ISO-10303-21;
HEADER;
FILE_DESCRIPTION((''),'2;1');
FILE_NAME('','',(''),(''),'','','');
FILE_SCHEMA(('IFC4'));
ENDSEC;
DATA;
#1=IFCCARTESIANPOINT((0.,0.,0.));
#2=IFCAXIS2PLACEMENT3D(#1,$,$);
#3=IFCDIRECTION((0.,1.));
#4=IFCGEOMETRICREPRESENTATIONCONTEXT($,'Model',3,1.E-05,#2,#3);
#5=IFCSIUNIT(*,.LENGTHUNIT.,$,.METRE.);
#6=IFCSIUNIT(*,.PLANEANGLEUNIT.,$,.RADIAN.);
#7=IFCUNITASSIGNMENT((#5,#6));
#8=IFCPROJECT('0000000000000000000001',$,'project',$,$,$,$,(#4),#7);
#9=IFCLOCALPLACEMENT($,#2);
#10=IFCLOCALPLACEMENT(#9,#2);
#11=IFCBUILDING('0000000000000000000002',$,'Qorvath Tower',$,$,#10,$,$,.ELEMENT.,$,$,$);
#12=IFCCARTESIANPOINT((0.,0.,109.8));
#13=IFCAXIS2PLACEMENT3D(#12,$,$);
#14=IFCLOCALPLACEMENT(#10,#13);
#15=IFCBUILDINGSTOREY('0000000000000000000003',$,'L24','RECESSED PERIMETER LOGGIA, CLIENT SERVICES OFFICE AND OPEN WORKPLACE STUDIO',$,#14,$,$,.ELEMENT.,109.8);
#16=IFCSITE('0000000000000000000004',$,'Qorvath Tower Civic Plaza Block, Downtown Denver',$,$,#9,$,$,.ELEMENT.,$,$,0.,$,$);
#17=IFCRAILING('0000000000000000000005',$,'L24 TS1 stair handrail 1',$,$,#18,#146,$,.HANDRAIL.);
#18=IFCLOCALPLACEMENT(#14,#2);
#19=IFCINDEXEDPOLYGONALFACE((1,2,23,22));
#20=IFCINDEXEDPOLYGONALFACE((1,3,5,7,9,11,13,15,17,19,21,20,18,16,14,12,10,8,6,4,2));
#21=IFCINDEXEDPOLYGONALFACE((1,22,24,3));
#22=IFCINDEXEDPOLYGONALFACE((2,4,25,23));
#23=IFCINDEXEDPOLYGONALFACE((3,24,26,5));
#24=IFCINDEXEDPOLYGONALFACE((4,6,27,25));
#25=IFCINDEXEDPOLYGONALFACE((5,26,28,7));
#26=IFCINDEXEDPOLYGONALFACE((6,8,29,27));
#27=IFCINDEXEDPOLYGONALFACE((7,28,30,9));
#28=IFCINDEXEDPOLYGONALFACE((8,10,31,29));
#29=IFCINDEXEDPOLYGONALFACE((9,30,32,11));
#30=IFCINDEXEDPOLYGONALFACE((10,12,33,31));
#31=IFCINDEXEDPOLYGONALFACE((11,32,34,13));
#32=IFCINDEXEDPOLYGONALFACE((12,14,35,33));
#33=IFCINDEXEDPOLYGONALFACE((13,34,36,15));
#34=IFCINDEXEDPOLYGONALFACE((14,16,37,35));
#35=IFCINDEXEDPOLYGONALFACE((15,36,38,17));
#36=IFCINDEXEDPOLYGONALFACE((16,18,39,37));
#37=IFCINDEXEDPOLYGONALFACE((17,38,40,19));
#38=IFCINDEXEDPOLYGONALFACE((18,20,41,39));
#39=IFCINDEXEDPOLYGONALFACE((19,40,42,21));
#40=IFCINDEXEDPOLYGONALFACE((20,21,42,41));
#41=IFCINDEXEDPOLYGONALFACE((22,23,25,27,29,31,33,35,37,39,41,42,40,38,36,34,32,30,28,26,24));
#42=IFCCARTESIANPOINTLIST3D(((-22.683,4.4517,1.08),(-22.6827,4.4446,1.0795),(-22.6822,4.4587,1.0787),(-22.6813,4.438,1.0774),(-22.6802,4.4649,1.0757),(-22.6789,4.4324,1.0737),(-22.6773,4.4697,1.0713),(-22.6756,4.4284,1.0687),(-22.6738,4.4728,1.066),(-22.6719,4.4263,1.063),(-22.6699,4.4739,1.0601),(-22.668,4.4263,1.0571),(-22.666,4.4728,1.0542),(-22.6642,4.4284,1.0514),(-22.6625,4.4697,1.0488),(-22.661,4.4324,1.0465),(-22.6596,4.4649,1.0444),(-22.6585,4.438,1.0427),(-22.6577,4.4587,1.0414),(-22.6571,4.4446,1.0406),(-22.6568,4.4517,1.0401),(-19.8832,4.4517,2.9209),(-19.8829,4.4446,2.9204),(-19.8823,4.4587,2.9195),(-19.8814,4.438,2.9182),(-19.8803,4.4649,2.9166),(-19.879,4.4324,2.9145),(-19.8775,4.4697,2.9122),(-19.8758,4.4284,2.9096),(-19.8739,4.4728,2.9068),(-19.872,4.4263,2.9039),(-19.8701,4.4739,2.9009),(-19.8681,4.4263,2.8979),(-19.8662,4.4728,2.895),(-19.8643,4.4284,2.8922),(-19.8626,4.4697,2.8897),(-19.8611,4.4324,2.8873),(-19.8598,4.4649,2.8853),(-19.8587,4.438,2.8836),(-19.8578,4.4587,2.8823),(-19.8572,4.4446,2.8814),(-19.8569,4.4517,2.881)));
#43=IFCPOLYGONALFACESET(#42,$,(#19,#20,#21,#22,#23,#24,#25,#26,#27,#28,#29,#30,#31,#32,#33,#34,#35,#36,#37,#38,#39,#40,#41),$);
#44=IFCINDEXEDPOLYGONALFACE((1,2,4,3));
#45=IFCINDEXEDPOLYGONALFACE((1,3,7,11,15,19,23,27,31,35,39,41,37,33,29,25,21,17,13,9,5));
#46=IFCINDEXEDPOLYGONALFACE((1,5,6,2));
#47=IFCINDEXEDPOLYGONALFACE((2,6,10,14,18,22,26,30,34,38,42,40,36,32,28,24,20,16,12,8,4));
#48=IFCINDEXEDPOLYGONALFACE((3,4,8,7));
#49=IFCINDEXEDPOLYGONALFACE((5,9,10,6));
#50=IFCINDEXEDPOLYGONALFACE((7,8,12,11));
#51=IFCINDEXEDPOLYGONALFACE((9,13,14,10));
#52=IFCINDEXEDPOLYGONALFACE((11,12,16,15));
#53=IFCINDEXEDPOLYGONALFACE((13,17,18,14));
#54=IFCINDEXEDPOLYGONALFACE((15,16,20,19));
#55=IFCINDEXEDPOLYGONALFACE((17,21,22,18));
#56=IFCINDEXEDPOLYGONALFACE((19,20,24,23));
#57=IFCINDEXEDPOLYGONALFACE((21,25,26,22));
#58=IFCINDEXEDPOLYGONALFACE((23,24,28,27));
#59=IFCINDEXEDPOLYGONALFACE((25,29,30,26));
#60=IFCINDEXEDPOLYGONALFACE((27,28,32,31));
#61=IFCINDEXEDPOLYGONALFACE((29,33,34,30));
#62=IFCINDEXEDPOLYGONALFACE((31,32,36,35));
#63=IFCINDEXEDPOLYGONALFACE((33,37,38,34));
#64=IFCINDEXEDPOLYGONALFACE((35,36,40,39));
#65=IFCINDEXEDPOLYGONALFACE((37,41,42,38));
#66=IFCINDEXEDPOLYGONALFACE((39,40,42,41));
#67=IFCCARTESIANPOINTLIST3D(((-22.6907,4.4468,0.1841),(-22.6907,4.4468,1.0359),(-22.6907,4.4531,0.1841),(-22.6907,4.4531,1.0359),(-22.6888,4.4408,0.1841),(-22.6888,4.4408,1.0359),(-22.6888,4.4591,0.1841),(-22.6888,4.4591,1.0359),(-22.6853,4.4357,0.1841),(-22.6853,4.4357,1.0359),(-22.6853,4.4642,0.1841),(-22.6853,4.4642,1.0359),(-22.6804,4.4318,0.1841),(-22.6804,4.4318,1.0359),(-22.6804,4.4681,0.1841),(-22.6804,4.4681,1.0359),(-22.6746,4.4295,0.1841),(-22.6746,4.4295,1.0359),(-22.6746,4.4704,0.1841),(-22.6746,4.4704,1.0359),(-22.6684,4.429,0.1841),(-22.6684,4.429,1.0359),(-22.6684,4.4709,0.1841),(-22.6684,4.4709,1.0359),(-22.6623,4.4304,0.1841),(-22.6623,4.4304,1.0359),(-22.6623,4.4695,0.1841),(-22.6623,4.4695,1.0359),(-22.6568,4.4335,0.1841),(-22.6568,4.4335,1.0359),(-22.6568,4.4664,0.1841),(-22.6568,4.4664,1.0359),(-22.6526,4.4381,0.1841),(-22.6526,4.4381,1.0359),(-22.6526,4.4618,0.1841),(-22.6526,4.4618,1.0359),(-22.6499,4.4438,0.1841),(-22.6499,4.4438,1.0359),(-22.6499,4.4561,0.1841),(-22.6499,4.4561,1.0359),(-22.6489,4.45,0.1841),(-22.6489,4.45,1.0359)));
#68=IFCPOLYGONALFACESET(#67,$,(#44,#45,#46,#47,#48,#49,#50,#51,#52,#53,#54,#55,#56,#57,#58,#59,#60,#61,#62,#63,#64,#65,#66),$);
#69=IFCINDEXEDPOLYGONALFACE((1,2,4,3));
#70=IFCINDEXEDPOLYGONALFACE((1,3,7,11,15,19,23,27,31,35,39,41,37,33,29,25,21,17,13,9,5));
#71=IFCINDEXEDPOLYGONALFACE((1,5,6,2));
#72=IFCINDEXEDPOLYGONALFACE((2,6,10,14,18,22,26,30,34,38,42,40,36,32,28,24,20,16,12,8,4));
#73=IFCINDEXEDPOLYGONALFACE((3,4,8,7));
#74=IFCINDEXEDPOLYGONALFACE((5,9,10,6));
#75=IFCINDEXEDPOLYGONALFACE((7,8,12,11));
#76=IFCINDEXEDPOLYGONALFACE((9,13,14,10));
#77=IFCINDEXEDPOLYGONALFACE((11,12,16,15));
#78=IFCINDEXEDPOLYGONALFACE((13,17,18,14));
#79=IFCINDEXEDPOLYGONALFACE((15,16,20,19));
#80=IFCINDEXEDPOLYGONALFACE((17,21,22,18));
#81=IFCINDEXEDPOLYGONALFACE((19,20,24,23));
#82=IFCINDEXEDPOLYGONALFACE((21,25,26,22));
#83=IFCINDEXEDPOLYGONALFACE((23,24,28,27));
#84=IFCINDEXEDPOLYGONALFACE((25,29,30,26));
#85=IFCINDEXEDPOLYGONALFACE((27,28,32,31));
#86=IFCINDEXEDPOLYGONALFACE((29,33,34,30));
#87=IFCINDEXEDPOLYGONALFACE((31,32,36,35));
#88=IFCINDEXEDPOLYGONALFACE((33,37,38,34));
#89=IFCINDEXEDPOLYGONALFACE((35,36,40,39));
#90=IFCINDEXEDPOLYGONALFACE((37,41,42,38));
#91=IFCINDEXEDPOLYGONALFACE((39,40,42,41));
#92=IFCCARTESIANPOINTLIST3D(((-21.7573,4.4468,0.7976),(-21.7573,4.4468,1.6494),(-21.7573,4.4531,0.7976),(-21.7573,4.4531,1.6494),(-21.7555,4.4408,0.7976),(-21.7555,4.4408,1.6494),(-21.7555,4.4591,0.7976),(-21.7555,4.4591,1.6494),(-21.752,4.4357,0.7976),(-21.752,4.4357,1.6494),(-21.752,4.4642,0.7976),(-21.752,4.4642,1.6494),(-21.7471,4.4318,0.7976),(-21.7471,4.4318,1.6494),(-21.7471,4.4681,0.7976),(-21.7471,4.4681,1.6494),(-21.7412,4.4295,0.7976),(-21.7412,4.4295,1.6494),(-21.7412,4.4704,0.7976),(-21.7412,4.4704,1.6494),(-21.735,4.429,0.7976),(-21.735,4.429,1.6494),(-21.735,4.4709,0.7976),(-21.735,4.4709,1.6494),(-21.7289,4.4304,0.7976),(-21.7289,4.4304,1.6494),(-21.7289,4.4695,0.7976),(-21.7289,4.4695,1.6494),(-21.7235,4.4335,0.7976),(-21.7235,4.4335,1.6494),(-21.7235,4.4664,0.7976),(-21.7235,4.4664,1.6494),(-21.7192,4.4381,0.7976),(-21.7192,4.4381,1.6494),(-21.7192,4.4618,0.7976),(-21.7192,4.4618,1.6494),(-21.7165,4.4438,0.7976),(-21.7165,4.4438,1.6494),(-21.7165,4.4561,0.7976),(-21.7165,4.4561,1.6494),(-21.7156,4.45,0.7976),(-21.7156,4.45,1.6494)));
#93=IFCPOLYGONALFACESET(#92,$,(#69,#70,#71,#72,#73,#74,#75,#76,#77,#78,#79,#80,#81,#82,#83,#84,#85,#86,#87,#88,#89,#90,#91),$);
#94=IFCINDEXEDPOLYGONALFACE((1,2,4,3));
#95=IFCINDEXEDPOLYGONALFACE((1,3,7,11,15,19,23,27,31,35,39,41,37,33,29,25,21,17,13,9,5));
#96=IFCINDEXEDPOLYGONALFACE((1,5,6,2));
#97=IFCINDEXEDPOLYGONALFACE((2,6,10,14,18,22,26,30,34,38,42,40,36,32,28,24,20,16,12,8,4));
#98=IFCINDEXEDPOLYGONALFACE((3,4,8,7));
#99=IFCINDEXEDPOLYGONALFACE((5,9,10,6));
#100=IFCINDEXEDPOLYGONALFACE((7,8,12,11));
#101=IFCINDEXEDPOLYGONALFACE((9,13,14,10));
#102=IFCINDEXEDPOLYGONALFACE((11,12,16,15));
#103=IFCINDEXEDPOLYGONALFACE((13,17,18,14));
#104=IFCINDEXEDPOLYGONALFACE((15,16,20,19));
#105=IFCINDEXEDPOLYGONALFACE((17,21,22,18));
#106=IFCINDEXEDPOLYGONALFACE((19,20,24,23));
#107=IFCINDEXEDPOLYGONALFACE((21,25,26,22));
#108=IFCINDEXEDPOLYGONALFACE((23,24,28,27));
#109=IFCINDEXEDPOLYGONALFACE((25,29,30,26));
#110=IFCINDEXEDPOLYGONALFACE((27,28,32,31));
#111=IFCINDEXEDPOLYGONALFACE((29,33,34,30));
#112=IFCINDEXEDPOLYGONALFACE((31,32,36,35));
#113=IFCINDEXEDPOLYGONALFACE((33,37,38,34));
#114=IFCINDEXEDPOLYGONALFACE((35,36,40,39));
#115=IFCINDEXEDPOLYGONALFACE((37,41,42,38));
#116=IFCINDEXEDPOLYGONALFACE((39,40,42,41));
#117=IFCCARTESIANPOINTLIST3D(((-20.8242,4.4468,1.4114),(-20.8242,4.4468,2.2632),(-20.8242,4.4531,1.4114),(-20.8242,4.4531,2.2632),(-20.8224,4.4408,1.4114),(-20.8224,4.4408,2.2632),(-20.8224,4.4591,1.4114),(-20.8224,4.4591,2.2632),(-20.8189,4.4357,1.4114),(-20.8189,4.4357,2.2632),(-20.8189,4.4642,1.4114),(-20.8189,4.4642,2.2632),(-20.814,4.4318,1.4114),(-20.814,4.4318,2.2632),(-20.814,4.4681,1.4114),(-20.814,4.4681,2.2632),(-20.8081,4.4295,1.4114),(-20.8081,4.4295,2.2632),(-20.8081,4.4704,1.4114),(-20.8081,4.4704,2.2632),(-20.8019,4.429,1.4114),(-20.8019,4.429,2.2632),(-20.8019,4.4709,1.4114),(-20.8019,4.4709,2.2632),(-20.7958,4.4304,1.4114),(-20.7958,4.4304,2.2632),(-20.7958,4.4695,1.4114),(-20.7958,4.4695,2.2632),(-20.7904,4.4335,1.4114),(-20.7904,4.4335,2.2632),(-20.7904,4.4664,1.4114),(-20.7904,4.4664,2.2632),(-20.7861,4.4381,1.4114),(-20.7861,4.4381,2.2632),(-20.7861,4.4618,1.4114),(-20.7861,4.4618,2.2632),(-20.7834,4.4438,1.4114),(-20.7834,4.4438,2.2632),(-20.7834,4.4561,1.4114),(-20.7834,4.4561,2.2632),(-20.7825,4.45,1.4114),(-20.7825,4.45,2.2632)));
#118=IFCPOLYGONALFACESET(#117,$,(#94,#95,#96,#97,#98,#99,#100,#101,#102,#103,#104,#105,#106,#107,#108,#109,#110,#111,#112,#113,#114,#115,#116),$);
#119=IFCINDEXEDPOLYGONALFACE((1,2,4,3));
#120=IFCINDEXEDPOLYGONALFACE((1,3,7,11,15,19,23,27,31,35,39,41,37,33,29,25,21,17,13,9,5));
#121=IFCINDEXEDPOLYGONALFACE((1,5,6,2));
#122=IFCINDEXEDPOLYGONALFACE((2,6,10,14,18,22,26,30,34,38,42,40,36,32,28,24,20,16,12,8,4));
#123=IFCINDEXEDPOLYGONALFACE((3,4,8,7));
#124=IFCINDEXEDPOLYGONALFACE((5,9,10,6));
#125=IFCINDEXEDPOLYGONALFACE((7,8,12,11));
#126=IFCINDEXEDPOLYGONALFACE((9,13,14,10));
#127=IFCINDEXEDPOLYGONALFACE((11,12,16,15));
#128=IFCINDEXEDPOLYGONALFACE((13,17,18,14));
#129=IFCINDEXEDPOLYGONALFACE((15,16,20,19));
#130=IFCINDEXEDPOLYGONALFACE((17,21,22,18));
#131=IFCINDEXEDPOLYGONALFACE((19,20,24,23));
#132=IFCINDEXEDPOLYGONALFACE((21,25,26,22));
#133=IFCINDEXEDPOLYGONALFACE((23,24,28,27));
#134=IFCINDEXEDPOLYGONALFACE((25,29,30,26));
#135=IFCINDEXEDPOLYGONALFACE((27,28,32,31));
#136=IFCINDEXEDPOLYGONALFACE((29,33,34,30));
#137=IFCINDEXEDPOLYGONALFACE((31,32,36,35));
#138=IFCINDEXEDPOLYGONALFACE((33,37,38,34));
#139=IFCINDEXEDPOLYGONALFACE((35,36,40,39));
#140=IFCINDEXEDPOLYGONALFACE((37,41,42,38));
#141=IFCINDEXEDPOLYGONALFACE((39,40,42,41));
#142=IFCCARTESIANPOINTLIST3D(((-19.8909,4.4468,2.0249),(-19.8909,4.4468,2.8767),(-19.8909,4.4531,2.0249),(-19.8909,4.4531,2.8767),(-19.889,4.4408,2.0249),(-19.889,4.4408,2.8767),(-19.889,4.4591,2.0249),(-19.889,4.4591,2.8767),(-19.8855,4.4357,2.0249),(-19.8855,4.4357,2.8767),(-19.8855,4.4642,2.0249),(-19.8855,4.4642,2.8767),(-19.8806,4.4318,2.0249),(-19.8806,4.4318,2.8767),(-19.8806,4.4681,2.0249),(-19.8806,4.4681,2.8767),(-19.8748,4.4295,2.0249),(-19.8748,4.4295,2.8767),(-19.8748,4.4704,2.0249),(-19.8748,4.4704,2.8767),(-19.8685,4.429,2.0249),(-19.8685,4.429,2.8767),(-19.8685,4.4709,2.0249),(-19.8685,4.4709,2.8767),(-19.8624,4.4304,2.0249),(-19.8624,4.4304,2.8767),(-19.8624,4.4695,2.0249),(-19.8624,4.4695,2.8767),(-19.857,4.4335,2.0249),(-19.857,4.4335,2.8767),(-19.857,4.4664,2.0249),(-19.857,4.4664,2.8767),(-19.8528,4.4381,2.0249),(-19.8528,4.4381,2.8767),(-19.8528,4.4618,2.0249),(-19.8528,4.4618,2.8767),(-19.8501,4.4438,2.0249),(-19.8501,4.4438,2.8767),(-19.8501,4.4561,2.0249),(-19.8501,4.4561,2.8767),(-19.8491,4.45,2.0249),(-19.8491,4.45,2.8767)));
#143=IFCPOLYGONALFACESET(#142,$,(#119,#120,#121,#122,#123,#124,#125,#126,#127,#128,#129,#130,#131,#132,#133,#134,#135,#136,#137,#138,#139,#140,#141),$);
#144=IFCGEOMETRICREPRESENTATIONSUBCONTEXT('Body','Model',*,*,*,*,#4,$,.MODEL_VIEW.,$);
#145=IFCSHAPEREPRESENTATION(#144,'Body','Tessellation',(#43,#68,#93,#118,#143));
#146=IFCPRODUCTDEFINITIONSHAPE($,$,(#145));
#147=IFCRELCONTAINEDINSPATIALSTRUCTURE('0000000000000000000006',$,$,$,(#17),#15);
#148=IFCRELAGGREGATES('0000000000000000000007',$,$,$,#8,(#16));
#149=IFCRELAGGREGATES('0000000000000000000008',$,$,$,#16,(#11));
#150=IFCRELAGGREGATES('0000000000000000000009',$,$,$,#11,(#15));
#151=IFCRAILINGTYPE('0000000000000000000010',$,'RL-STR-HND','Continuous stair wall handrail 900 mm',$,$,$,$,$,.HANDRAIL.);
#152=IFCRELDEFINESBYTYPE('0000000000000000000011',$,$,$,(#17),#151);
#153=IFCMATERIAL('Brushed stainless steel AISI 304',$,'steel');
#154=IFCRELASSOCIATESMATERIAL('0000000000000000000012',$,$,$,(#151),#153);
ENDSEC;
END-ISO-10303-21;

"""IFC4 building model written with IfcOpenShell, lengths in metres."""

from ifc_helpers import new_model, si_unit, direction, frame, origin, origin_2d, place, context, subcontext, project, spatial, circle, extrude, material, type_object, element, save


model = new_model("IFC4")

# Units and contexts
model_context = context("Model", 3, precision=1e-05, world=origin(), true_north=direction((0.0, 1.0)))
body_context = subcontext(model_context, "Body", "Model", "MODEL_VIEW")
ifc_project = project(units=[si_unit("LENGTHUNIT", "METRE"), si_unit("PLANEANGLEUNIT", "RADIAN")], contexts=[model_context])

# Site, building, storey
site_placement = place(None, origin())
site = spatial("IfcSite", under=ifc_project, at=site_placement, Name="Qorvath Tower Civic Plaza Block, Downtown Denver", CompositionType="ELEMENT", RefElevation=0.0)
building_placement = place(site_placement, origin())
building = spatial("IfcBuilding", under=site, at=building_placement, Name="Qorvath Tower", CompositionType="ELEMENT")
storey_placement = place(building_placement, frame((0.0, 0.0, 109.8)))
storey = spatial("IfcBuildingStorey", under=building, at=storey_placement, Name="L24", Description="RECESSED PERIMETER LOGGIA, CLIENT SERVICES OFFICE AND OPEN WORKPLACE STUDIO", CompositionType="ELEMENT", Elevation=109.8)

# Railing
ifc_material_1 = material(Name="Brushed stainless steel AISI 304", Category="steel")
railing_type_1 = type_object("IfcRailingType", Name="RL-STR-HND", Description="Continuous stair wall handrail 900 mm", PredefinedType="HANDRAIL", material=ifc_material_1)
railing_1_placement = place(storey_placement, frame((-22.6699, 4.45, 0.1841)))
element("IfcRailing", 1, at=railing_1_placement, inside=storey, type_object=railing_type_1, Name="L24 TS1 stair handrail 1", PredefinedType="HANDRAIL", context=body_context, shape_type="SweptSolid", body=[
    extrude(circle(Radius=0.0239, at=origin_2d()), frame((0.0, 0.0, 0.876), z_axis=(0.835576, 0.0, 0.549376), x_axis=(0.0, 1.0, 0.0)), (0.0, 0.0, 1.0), 3.3508),
    extrude(circle(Radius=0.021, at=origin_2d()), origin(), (0.0, 0.0, 1.0), 0.8518),
    extrude(circle(Radius=0.021, at=origin_2d()), frame((0.9333, 0.0, 0.6135)), (0.0, 0.0, 1.0), 0.8518),
    extrude(circle(Radius=0.021, at=origin_2d()), frame((1.8665, 0.0, 1.2273)), (0.0, 0.0, 1.0), 0.8518),
    extrude(circle(Radius=0.021, at=origin_2d()), frame((2.7998, 0.0, 1.8408)), (0.0, 0.0, 1.0), 0.8518),
])

save(model, "model.ifc")
